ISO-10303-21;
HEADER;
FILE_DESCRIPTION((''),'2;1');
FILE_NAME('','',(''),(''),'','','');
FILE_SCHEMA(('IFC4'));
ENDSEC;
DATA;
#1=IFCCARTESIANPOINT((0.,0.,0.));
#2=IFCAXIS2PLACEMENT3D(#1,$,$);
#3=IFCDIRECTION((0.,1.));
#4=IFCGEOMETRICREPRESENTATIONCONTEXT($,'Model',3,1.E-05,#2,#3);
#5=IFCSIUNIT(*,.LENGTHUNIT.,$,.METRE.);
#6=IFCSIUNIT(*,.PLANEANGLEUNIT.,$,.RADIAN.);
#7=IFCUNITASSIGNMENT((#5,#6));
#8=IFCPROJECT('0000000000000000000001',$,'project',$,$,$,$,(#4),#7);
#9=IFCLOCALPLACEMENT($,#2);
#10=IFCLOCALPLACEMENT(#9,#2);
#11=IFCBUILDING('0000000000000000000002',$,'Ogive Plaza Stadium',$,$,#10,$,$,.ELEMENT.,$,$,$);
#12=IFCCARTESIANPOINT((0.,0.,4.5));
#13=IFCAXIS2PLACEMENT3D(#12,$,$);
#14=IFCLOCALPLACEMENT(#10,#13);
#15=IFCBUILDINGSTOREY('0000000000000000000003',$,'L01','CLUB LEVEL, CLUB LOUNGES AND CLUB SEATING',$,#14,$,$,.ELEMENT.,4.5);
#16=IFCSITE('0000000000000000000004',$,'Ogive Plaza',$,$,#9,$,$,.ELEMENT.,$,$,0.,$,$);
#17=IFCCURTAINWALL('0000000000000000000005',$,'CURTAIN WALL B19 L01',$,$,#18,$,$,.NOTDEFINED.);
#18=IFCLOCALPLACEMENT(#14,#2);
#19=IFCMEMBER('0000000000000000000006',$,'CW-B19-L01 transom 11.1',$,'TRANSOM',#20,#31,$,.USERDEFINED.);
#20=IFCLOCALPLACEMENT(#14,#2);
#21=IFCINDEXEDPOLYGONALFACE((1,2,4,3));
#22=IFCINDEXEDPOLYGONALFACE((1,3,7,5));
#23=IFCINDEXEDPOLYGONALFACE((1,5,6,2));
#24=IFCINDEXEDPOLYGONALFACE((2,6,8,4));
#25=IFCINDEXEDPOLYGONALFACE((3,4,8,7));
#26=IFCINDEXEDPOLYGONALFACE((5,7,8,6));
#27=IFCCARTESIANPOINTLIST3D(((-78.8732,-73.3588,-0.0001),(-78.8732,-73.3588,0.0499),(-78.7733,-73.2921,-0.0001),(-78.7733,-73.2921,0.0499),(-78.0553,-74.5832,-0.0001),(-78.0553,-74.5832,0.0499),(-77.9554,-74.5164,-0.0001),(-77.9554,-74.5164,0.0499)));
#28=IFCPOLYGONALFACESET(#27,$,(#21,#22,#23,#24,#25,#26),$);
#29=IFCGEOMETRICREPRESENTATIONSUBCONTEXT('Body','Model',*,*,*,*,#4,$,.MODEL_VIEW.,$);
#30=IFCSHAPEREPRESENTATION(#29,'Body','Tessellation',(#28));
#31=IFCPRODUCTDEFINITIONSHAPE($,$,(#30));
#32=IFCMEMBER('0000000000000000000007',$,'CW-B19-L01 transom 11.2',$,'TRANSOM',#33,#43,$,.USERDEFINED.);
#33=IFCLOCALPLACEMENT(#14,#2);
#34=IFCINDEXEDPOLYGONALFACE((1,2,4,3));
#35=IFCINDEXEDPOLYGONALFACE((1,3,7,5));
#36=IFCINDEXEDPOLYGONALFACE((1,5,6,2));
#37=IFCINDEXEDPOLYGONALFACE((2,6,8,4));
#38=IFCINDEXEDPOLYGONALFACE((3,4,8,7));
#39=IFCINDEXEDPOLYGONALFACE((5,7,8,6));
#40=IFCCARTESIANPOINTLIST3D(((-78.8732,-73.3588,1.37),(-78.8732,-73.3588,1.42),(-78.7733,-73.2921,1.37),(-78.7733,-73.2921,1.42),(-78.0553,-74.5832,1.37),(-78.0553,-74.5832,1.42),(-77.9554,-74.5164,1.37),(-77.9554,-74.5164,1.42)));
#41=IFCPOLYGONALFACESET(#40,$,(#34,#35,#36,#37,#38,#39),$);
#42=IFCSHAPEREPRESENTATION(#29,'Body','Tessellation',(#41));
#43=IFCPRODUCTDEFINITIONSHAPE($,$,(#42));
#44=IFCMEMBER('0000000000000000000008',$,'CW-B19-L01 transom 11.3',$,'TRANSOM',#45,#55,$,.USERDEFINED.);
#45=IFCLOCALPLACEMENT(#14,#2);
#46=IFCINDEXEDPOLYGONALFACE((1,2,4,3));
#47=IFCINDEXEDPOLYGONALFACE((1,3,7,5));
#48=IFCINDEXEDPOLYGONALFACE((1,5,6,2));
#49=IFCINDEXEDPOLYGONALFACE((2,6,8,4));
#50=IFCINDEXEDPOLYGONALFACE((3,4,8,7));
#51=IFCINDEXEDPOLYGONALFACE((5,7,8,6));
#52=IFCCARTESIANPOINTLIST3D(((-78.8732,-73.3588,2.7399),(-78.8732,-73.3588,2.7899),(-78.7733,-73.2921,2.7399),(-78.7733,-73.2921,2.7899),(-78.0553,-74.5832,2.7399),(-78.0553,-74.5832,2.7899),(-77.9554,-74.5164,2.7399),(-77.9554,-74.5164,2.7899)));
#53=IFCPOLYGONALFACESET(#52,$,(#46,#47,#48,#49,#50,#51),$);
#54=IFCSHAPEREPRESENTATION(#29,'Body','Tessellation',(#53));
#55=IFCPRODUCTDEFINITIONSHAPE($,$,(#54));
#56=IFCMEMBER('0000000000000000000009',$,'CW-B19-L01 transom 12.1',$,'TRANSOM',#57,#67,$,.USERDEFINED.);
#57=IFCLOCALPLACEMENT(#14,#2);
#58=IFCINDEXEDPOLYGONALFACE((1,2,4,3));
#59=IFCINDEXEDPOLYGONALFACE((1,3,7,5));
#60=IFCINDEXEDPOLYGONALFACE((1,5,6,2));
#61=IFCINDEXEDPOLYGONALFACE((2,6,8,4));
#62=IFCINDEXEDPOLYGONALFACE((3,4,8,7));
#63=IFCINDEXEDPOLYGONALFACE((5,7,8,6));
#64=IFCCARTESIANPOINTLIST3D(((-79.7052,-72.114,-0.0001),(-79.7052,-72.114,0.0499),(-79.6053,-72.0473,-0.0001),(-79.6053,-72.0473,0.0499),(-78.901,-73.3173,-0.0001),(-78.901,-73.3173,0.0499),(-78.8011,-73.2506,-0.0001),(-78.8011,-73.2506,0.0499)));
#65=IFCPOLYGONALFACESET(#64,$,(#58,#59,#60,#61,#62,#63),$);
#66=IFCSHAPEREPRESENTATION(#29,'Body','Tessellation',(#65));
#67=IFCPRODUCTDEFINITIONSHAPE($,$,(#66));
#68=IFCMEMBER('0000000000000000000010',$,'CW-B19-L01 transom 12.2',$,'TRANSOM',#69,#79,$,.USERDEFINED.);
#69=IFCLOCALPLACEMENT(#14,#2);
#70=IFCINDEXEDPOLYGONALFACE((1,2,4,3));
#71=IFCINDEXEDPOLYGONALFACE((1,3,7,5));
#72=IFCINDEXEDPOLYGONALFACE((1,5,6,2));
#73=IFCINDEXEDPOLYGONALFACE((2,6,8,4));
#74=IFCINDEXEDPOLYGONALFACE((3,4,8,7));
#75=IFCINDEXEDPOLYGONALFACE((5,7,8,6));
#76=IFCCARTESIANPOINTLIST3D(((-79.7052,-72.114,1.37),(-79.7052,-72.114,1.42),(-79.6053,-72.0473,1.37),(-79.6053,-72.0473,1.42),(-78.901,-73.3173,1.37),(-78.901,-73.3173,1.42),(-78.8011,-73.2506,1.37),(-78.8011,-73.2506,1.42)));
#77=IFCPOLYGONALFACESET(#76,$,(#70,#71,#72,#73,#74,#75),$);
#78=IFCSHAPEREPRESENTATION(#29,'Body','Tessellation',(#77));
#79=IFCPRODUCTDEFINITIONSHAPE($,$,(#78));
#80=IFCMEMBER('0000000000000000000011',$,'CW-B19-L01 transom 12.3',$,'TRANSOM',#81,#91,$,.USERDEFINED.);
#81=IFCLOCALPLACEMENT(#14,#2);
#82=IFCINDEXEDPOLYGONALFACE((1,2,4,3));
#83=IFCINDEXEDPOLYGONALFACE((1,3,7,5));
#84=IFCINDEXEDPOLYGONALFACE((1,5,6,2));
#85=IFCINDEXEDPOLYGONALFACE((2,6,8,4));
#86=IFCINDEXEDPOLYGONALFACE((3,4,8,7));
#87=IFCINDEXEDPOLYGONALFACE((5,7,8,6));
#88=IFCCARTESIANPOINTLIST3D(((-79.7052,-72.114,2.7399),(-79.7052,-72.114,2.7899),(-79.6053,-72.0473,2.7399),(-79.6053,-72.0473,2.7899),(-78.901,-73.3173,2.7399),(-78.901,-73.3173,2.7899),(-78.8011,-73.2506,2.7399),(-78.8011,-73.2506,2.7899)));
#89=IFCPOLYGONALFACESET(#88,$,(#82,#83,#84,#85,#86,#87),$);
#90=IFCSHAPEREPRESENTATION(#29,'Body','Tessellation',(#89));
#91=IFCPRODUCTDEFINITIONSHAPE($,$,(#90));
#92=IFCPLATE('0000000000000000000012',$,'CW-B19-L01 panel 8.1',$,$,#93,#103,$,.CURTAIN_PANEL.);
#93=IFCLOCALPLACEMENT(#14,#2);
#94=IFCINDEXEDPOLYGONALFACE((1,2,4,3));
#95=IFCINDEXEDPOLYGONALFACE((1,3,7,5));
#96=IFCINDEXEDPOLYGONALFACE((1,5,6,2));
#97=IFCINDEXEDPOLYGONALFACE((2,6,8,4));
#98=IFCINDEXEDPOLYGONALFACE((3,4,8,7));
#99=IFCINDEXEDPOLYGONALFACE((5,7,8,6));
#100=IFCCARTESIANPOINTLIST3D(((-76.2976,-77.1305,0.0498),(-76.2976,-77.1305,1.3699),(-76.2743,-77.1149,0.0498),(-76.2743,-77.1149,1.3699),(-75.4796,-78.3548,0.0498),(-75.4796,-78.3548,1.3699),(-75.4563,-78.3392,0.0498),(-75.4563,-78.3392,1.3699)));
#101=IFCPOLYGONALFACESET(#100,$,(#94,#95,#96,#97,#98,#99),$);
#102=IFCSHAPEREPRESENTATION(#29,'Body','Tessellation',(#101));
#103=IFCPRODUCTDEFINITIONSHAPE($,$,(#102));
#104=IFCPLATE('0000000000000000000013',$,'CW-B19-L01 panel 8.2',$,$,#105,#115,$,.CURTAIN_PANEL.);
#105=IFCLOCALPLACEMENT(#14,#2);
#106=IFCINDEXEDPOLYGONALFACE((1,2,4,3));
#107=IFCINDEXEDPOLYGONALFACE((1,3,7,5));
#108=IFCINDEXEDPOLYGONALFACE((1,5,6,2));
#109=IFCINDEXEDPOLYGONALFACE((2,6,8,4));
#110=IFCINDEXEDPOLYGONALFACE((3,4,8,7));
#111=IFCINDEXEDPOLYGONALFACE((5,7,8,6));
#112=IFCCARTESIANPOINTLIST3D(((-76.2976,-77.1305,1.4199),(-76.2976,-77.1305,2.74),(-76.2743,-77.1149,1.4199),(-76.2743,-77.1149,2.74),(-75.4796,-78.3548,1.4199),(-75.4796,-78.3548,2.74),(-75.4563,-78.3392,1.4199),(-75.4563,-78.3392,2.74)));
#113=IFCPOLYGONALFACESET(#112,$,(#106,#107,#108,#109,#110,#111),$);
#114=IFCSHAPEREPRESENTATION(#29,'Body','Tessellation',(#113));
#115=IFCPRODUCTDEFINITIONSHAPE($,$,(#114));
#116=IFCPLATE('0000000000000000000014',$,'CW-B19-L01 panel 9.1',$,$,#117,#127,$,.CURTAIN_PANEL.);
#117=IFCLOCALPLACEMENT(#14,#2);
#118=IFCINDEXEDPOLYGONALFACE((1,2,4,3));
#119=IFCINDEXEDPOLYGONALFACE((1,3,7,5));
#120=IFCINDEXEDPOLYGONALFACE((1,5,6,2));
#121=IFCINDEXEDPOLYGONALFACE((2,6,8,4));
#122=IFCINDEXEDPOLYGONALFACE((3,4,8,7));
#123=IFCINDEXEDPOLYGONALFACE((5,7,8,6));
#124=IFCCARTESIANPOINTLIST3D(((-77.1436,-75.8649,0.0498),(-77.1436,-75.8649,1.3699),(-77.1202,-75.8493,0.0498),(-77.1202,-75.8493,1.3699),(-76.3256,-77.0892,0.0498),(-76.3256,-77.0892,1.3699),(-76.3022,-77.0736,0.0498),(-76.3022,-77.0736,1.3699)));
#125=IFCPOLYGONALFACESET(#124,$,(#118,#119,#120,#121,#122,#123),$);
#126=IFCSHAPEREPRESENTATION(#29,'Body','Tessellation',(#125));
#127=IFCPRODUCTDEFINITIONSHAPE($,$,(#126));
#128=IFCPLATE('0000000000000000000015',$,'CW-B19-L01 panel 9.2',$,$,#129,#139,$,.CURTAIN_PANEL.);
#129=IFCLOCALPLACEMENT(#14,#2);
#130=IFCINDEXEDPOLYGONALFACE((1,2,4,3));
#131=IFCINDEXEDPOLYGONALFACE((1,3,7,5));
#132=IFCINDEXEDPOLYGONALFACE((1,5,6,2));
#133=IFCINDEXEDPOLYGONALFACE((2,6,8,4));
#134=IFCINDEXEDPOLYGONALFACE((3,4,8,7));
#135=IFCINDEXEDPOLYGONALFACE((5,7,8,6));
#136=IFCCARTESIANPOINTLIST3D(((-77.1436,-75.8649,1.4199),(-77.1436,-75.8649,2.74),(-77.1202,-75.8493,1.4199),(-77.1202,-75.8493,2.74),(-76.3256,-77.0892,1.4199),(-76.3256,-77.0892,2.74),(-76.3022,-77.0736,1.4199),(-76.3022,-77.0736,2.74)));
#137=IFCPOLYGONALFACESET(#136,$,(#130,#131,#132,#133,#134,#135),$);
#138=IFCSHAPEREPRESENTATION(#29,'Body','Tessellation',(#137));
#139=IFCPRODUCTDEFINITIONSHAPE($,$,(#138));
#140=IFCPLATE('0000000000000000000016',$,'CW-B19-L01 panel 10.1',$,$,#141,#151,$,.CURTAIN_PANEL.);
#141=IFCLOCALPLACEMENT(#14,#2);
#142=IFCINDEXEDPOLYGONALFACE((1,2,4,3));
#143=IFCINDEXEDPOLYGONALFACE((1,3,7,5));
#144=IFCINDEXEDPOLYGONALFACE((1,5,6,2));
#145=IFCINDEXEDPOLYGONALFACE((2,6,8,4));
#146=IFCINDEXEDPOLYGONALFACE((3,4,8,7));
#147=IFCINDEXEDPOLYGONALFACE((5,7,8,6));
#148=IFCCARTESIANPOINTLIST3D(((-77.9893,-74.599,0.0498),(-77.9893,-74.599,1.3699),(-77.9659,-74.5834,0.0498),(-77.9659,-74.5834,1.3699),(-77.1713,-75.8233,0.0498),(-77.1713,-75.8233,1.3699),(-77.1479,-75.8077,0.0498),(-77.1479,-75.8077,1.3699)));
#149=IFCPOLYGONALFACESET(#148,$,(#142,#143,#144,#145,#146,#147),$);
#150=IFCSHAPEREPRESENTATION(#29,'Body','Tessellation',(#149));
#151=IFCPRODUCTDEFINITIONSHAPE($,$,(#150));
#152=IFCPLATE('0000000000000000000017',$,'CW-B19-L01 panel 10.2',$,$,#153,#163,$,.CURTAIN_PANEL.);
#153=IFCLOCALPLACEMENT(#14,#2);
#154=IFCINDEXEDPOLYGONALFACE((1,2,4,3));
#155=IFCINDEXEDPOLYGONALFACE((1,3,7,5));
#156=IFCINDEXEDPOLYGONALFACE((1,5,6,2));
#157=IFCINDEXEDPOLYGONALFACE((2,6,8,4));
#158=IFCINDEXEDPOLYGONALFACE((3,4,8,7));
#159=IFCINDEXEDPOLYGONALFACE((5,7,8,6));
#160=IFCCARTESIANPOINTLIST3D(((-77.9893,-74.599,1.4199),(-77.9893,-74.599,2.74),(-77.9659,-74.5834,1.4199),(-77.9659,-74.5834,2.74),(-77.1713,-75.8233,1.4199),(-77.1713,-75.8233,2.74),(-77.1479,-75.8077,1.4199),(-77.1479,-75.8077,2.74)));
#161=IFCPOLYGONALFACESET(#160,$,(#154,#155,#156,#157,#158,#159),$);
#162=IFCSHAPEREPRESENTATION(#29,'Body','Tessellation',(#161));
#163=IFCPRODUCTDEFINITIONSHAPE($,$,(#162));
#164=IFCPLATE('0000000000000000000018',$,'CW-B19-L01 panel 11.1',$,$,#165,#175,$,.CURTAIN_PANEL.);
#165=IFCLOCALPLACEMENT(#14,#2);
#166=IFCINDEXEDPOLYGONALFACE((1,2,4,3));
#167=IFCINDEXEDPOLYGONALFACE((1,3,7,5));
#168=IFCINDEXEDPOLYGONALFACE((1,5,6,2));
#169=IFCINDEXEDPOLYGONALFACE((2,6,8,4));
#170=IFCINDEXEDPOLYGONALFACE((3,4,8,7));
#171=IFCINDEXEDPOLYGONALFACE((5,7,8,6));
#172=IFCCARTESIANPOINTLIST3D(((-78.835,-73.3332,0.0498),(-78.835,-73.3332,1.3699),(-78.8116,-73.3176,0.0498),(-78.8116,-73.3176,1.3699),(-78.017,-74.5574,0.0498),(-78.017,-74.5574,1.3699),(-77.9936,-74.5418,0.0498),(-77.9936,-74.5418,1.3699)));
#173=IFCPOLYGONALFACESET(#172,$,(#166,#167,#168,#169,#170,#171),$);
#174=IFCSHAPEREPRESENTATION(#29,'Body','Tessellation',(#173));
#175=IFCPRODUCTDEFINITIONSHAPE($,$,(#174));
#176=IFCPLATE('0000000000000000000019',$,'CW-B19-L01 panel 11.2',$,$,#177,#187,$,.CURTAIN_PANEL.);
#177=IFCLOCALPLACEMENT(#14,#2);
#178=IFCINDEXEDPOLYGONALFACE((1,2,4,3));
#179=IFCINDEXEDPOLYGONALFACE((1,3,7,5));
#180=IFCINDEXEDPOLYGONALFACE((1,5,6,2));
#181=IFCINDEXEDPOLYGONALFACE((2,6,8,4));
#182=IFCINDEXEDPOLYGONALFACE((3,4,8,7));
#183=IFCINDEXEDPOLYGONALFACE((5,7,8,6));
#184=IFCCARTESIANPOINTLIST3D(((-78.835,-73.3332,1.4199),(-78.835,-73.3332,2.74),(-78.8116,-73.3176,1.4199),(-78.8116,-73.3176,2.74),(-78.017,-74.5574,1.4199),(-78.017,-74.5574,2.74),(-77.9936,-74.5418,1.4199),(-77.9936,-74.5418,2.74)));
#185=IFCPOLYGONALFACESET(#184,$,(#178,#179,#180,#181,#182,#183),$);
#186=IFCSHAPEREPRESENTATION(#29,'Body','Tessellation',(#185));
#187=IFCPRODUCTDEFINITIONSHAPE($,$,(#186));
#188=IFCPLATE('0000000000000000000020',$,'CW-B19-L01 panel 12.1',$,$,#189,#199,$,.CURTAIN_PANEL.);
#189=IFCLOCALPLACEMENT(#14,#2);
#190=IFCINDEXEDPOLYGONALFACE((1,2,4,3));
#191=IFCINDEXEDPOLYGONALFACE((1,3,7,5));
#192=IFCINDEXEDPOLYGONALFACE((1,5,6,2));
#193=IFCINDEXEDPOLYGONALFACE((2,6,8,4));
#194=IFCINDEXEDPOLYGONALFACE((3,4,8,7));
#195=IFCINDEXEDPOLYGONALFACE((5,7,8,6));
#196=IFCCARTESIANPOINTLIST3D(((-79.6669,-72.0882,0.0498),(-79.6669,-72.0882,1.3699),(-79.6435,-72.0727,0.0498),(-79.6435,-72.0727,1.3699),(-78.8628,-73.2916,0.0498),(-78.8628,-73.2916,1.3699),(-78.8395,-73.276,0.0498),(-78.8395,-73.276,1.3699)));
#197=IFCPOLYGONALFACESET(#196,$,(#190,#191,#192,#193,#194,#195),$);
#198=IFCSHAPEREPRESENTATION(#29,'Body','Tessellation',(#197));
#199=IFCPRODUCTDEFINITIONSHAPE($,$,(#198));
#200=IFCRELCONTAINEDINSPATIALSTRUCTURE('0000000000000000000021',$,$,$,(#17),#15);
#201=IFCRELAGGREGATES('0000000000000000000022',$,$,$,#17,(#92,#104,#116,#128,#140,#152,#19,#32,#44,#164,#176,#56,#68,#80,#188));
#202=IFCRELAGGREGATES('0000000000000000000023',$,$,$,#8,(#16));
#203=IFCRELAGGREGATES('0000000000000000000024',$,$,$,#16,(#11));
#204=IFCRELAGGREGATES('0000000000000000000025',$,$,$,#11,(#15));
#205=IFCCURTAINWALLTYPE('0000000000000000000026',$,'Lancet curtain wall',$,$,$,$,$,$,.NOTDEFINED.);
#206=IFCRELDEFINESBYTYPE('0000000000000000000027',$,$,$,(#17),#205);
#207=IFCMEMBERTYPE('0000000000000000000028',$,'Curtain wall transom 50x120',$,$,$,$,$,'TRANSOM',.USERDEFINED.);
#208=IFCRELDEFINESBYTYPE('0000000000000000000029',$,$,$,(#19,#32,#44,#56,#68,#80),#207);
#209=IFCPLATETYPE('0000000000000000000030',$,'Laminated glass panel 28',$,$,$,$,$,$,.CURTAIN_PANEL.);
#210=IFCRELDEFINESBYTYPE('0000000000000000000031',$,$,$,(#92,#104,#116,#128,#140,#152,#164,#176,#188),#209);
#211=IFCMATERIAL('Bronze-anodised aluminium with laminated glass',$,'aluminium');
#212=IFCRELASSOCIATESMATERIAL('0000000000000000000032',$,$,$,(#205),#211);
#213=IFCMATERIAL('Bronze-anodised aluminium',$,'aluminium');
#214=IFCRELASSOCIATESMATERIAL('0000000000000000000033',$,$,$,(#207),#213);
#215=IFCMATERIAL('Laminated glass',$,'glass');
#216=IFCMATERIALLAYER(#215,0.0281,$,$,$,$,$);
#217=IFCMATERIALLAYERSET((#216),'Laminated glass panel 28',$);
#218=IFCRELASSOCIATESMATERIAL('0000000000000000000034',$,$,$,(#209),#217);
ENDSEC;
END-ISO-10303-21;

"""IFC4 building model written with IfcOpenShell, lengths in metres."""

from ifc_helpers import new_model, si_unit, direction, frame, origin, origin_2d, place, context, subcontext, project, spatial, rectangle, extrude, material, layer, layer_set, material_profile, profile_set, type_object, element, aggregate, save


model = new_model("IFC4")

# Units and contexts
model_context = context("Model", 3, precision=1e-05, world=origin(), true_north=direction((0.0, 1.0)))
body_context = subcontext(model_context, "Body", "Model", "MODEL_VIEW")
ifc_project = project(units=[si_unit("LENGTHUNIT", "METRE"), si_unit("PLANEANGLEUNIT", "RADIAN")], contexts=[model_context])

# Site, building, storey
site_placement = place(None, origin())
site = spatial("IfcSite", under=ifc_project, at=site_placement, Name="Ogive Plaza", CompositionType="ELEMENT", RefElevation=0.0)
building_placement = place(site_placement, origin())
building = spatial("IfcBuilding", under=site, at=building_placement, Name="Ogive Plaza Stadium", CompositionType="ELEMENT")
storey_placement = place(building_placement, frame((0.0, 0.0, 4.5)))
storey = spatial("IfcBuildingStorey", under=building, at=storey_placement, Name="L01", Description="CLUB LEVEL, CLUB LOUNGES AND CLUB SEATING", CompositionType="ELEMENT", Elevation=4.5)

# Curtain wall, members, plates
ifc_material_1 = material(Name="Bronze-anodised aluminium with laminated glass", Category="aluminium")
curtain_wall_type = type_object("IfcCurtainWallType", Name="Lancet curtain wall", PredefinedType="NOTDEFINED", material=ifc_material_1)
curtain_wall_placement = place(storey_placement, origin())
curtain_wall = element("IfcCurtainWall", 1, at=curtain_wall_placement, inside=storey, type_object=curtain_wall_type, Name="CURTAIN WALL B19 L01", PredefinedType="NOTDEFINED")
ifc_material_2 = material(Name="Bronze-anodised aluminium", Category="aluminium")
ifc_material_profile_1 = material_profile(ifc_material_2, rectangle(XDim=0.1201, YDim=0.05, at=origin_2d()), Name="AL 120x50")
ifc_profile_set_1 = profile_set([ifc_material_profile_1], Name="Bronze-anodised aluminium")
member_type_1 = type_object("IfcMemberType", Name="Curtain wall transom 50x120", ElementType="TRANSOM", PredefinedType="USERDEFINED", material=ifc_profile_set_1)
member_1_placement = place(storey_placement, frame((-78.0054, -74.5498, 0.0249), z_axis=(-0.555465, 0.83154, 0.0), x_axis=(-0.83154, -0.555465, 0.0)))
member_1 = element("IfcMember", 2, at=member_1_placement, type_object=member_type_1, Name="CW-B19-L01 transom 11.1", ObjectType="TRANSOM", PredefinedType="USERDEFINED", context=body_context, shape_type="SweptSolid", body=[
    extrude(rectangle(XDim=0.1201, YDim=0.05, at=origin_2d()), origin(), (0.0, 0.0, 1.0), 1.4724),
])
member_2_placement = place(storey_placement, frame((-78.0054, -74.5498, 1.395), z_axis=(-0.555465, 0.83154, 0.0), x_axis=(-0.83154, -0.555465, 0.0)))
member_2 = element("IfcMember", 3, at=member_2_placement, type_object=member_type_1, Name="CW-B19-L01 transom 11.2", ObjectType="TRANSOM", PredefinedType="USERDEFINED", context=body_context, shape_type="SweptSolid", body=[
    extrude(rectangle(XDim=0.1201, YDim=0.05, at=origin_2d()), origin(), (0.0, 0.0, 1.0), 1.4724),
])
member_3_placement = place(storey_placement, frame((-78.0054, -74.5498, 2.7649), z_axis=(-0.555465, 0.83154, 0.0), x_axis=(-0.83154, -0.555465, 0.0)))
member_3 = element("IfcMember", 4, at=member_3_placement, type_object=member_type_1, Name="CW-B19-L01 transom 11.3", ObjectType="TRANSOM", PredefinedType="USERDEFINED", context=body_context, shape_type="SweptSolid", body=[
    extrude(rectangle(XDim=0.1201, YDim=0.05, at=origin_2d()), origin(), (0.0, 0.0, 1.0), 1.4724),
])
member_4_placement = place(storey_placement, frame((-78.8511, -73.2839, 0.0249), z_axis=(-0.555634, 0.831427, 0.0), x_axis=(-0.831427, -0.555634, 0.0)))
member_4 = element("IfcMember", 5, at=member_4_placement, type_object=member_type_1, Name="CW-B19-L01 transom 12.1", ObjectType="TRANSOM", PredefinedType="USERDEFINED", context=body_context, shape_type="SweptSolid", body=[
    extrude(rectangle(XDim=0.1201, YDim=0.05, at=origin_2d()), origin(), (0.0, 0.0, 1.0), 1.4473),
])
member_5_placement = place(storey_placement, frame((-78.8511, -73.2839, 1.395), z_axis=(-0.555634, 0.831427, 0.0), x_axis=(-0.831427, -0.555634, 0.0)))
member_5 = element("IfcMember", 6, at=member_5_placement, type_object=member_type_1, Name="CW-B19-L01 transom 12.2", ObjectType="TRANSOM", PredefinedType="USERDEFINED", context=body_context, shape_type="SweptSolid", body=[
    extrude(rectangle(XDim=0.1201, YDim=0.05, at=origin_2d()), origin(), (0.0, 0.0, 1.0), 1.4473),
])
member_6_placement = place(storey_placement, frame((-78.8511, -73.2839, 2.7649), z_axis=(-0.555634, 0.831427, 0.0), x_axis=(-0.831427, -0.555634, 0.0)))
member_6 = element("IfcMember", 7, at=member_6_placement, type_object=member_type_1, Name="CW-B19-L01 transom 12.3", ObjectType="TRANSOM", PredefinedType="USERDEFINED", context=body_context, shape_type="SweptSolid", body=[
    extrude(rectangle(XDim=0.1201, YDim=0.05, at=origin_2d()), origin(), (0.0, 0.0, 1.0), 1.4473),
])
ifc_material_3 = material(Name="Laminated glass", Category="glass")
ifc_layer_1 = layer(ifc_material_3, 0.0281)
ifc_layer_set_1 = layer_set([ifc_layer_1], Name="Laminated glass panel 28")
plate_type = type_object("IfcPlateType", Name="Laminated glass panel 28", PredefinedType="CURTAIN_PANEL", material=ifc_layer_set_1)
plate_1_placement = place(storey_placement, frame((-75.877, -77.7349, 0.0498), z_axis=(0.0, 0.0, 1.0), x_axis=(-0.55557, 0.83147, 0.0)))
plate_1 = element("IfcPlate", 8, at=plate_1_placement, type_object=plate_type, Name="CW-B19-L01 panel 8.1", PredefinedType="CURTAIN_PANEL", context=body_context, shape_type="SweptSolid", body=[
    extrude(rectangle(XDim=1.4724, YDim=0.0281, at=origin_2d()), origin(), (0.0, 0.0, 1.0), 1.3201),
])
plate_2_placement = place(storey_placement, frame((-75.877, -77.7349, 1.4199), z_axis=(0.0, 0.0, 1.0), x_axis=(-0.55557, 0.83147, 0.0)))
plate_2 = element("IfcPlate", 9, at=plate_2_placement, type_object=plate_type, Name="CW-B19-L01 panel 8.2", PredefinedType="CURTAIN_PANEL", context=body_context, shape_type="SweptSolid", body=[
    extrude(rectangle(XDim=1.4724, YDim=0.0281, at=origin_2d()), origin(), (0.0, 0.0, 1.0), 1.3201),
])
plate_3_placement = place(storey_placement, frame((-76.7229, -76.4692, 0.0498), z_axis=(0.0, 0.0, 1.0), x_axis=(-0.55557, 0.83147, 0.0)))
plate_3 = element("IfcPlate", 10, at=plate_3_placement, type_object=plate_type, Name="CW-B19-L01 panel 9.1", PredefinedType="CURTAIN_PANEL", context=body_context, shape_type="SweptSolid", body=[
    extrude(rectangle(XDim=1.4724, YDim=0.0281, at=origin_2d()), origin(), (0.0, 0.0, 1.0), 1.3201),
])
plate_4_placement = place(storey_placement, frame((-76.7229, -76.4692, 1.4199), z_axis=(0.0, 0.0, 1.0), x_axis=(-0.55557, 0.83147, 0.0)))
plate_4 = element("IfcPlate", 11, at=plate_4_placement, type_object=plate_type, Name="CW-B19-L01 panel 9.2", PredefinedType="CURTAIN_PANEL", context=body_context, shape_type="SweptSolid", body=[
    extrude(rectangle(XDim=1.4724, YDim=0.0281, at=origin_2d()), origin(), (0.0, 0.0, 1.0), 1.3201),
])
plate_5_placement = place(storey_placement, frame((-77.5686, -75.2034, 0.0498), z_axis=(0.0, 0.0, 1.0), x_axis=(-0.55557, 0.83147, 0.0)))
plate_5 = element("IfcPlate", 12, at=plate_5_placement, type_object=plate_type, Name="CW-B19-L01 panel 10.1", PredefinedType="CURTAIN_PANEL", context=body_context, shape_type="SweptSolid", body=[
    extrude(rectangle(XDim=1.4724, YDim=0.0281, at=origin_2d()), origin(), (0.0, 0.0, 1.0), 1.3201),
])
plate_6_placement = place(storey_placement, frame((-77.5686, -75.2034, 1.4199), z_axis=(0.0, 0.0, 1.0), x_axis=(-0.55557, 0.83147, 0.0)))
plate_6 = element("IfcPlate", 13, at=plate_6_placement, type_object=plate_type, Name="CW-B19-L01 panel 10.2", PredefinedType="CURTAIN_PANEL", context=body_context, shape_type="SweptSolid", body=[
    extrude(rectangle(XDim=1.4724, YDim=0.0281, at=origin_2d()), origin(), (0.0, 0.0, 1.0), 1.3201),
])
plate_7_placement = place(storey_placement, frame((-78.4143, -73.9375, 0.0498), z_axis=(0.0, 0.0, 1.0), x_axis=(-0.55557, 0.83147, 0.0)))
plate_7 = element("IfcPlate", 14, at=plate_7_placement, type_object=plate_type, Name="CW-B19-L01 panel 11.1", PredefinedType="CURTAIN_PANEL", context=body_context, shape_type="SweptSolid", body=[
    extrude(rectangle(XDim=1.4724, YDim=0.0281, at=origin_2d()), origin(), (0.0, 0.0, 1.0), 1.3201),
])
plate_8_placement = place(storey_placement, frame((-78.4143, -73.9375, 1.4199), z_axis=(0.0, 0.0, 1.0), x_axis=(-0.55557, 0.83147, 0.0)))
plate_8 = element("IfcPlate", 15, at=plate_8_placement, type_object=plate_type, Name="CW-B19-L01 panel 11.2", PredefinedType="CURTAIN_PANEL", context=body_context, shape_type="SweptSolid", body=[
    extrude(rectangle(XDim=1.4724, YDim=0.0281, at=origin_2d()), origin(), (0.0, 0.0, 1.0), 1.3201),
])
plate_9_placement = place(storey_placement, frame((-79.2532, -72.6821, 0.0498), z_axis=(0.0, 0.0, 1.0), x_axis=(-0.55557, 0.83147, 0.0)))
plate_9 = element("IfcPlate", 16, at=plate_9_placement, type_object=plate_type, Name="CW-B19-L01 panel 12.1", PredefinedType="CURTAIN_PANEL", context=body_context, shape_type="SweptSolid", body=[
    extrude(rectangle(XDim=1.4473, YDim=0.0281, at=origin_2d()), origin(), (0.0, 0.0, 1.0), 1.3201),
])
aggregate(curtain_wall, [plate_1, plate_2, plate_3, plate_4, plate_5, plate_6, member_1, member_2, member_3, plate_7, plate_8, member_4, member_5, member_6, plate_9])

save(model, "model.ifc")
